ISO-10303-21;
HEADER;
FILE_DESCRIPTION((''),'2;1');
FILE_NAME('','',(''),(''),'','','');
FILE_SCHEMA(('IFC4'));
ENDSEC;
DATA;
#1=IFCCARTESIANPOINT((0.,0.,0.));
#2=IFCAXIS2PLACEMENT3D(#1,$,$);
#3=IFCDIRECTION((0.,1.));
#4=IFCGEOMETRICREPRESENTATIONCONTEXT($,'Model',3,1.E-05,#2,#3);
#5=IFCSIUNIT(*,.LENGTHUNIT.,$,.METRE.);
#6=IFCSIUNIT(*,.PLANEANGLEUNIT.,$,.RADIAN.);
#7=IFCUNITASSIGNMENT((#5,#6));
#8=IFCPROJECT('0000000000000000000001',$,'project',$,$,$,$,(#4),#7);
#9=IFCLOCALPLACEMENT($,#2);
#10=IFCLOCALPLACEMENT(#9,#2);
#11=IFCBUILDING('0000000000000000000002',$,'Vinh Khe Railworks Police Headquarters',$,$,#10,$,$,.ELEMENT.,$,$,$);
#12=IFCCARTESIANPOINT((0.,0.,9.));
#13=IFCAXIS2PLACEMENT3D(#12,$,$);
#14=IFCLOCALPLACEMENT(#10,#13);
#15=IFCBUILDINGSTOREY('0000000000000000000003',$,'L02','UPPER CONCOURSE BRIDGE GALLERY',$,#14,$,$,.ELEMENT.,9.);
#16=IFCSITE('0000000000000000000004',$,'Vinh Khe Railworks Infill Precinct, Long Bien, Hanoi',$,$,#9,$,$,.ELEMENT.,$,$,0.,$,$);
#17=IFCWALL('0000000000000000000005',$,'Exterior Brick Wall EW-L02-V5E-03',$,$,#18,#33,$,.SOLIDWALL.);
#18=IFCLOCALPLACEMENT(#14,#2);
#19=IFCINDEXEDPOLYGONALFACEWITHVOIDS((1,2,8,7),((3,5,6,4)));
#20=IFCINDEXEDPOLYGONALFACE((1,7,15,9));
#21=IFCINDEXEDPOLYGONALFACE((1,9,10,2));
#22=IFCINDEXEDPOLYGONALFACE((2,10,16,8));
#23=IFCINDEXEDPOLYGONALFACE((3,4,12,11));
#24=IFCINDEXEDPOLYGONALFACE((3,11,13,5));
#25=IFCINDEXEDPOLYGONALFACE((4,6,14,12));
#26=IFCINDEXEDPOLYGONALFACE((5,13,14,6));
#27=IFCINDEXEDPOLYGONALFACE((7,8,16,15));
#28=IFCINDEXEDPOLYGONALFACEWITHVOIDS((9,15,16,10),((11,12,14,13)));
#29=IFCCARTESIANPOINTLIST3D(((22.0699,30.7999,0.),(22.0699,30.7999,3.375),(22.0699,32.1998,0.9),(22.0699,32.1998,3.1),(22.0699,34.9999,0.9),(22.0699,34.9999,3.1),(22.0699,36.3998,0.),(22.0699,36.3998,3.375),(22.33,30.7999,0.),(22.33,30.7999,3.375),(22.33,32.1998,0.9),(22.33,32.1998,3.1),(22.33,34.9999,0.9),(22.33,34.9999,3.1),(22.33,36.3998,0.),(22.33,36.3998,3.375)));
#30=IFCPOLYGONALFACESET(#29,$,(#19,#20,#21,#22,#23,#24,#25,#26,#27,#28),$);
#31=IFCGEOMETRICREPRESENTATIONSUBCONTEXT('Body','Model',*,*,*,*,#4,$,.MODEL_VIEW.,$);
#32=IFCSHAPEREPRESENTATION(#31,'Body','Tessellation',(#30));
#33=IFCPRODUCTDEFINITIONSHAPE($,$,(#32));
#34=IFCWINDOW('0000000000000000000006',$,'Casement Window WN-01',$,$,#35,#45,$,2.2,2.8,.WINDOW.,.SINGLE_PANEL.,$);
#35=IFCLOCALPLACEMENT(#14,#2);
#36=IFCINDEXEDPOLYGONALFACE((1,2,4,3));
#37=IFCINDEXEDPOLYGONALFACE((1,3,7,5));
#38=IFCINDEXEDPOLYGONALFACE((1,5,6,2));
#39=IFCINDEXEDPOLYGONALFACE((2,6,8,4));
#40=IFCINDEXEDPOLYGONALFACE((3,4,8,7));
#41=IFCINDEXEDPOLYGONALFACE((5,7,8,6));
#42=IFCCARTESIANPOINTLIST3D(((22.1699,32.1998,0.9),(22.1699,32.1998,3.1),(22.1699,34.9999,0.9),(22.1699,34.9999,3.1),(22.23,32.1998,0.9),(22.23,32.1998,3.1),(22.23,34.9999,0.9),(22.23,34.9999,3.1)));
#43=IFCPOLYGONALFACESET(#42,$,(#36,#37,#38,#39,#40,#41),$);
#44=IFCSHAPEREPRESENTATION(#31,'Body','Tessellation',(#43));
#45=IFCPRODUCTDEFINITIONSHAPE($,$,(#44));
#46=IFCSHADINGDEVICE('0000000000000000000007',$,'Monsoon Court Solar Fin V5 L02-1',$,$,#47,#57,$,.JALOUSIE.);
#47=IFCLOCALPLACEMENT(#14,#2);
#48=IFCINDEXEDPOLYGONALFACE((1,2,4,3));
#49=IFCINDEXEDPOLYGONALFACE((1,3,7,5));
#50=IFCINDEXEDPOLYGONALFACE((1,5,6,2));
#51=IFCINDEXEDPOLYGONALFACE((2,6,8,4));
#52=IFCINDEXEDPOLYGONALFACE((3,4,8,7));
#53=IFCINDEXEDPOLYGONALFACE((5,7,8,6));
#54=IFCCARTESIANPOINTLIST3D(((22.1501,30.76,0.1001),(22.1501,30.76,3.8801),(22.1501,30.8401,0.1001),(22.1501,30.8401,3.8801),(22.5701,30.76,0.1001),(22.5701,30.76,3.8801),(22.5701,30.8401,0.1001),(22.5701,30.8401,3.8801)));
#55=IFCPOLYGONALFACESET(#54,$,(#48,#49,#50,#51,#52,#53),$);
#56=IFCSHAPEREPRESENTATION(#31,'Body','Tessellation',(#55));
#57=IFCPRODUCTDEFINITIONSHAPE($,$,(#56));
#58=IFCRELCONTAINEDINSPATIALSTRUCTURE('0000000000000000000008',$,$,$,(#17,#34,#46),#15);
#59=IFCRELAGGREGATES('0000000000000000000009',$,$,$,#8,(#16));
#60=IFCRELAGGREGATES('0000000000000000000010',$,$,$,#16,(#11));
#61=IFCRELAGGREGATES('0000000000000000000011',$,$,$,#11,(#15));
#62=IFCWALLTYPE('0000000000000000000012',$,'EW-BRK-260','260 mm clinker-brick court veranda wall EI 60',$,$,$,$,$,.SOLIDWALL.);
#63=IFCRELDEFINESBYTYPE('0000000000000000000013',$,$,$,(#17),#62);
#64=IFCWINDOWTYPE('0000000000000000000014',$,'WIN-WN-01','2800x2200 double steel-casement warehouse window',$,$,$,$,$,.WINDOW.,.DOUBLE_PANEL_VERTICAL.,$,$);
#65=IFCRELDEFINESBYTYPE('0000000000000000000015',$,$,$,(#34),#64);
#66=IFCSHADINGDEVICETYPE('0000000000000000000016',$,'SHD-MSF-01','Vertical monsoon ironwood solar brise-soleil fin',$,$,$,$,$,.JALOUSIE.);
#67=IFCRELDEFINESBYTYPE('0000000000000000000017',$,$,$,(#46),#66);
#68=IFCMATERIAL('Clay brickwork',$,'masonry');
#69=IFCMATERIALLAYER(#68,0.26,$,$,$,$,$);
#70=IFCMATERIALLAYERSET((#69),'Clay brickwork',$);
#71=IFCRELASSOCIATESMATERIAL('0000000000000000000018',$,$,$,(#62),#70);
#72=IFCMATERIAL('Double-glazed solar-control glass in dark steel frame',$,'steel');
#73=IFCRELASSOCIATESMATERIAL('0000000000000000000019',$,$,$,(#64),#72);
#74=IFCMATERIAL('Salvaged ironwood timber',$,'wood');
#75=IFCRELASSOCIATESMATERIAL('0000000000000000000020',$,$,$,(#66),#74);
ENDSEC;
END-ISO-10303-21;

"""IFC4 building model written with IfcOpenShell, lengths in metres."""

from ifc_helpers import new_model, si_unit, direction, frame, frame_2d, origin, origin_2d, place, context, subcontext, project, spatial, rectangle, extrude, material, layer, layer_set, type_object, element, fill, save


model = new_model("IFC4")

# Units and contexts
model_context = context("Model", 3, precision=1e-05, world=origin(), true_north=direction((0.0, 1.0)))
body_context = subcontext(model_context, "Body", "Model", "MODEL_VIEW")
ifc_project = project(units=[si_unit("LENGTHUNIT", "METRE"), si_unit("PLANEANGLEUNIT", "RADIAN")], contexts=[model_context])

# Site, building, storey
site_placement = place(None, origin())
site = spatial("IfcSite", under=ifc_project, at=site_placement, Name="Vinh Khe Railworks Infill Precinct, Long Bien, Hanoi", CompositionType="ELEMENT", RefElevation=0.0)
building_placement = place(site_placement, origin())
building = spatial("IfcBuilding", under=site, at=building_placement, Name="Vinh Khe Railworks Police Headquarters", CompositionType="ELEMENT")
storey_placement = place(building_placement, frame((0.0, 0.0, 9.0)))
storey = spatial("IfcBuildingStorey", under=building, at=storey_placement, Name="L02", Description="UPPER CONCOURSE BRIDGE GALLERY", CompositionType="ELEMENT", Elevation=9.0)

# Shared definitions
ifc_material_1 = material(Name="Clay brickwork", Category="masonry")
ifc_layer_1 = layer(ifc_material_1, 0.26)
ifc_layer_set_1 = layer_set([ifc_layer_1], Name="Clay brickwork")
wall_type = type_object("IfcWallType", Name="EW-BRK-260", Description="260 mm clinker-brick court veranda wall EI 60", PredefinedType="SOLIDWALL", material=ifc_layer_set_1)

# Wall, opening, window
wall_1_placement = place(storey_placement, frame((22.2, 30.8, 0.0), z_axis=(0.0, 0.0, 1.0), x_axis=(0.0, 1.0, 0.0)))
wall_1 = element("IfcWall", 1, at=wall_1_placement, inside=storey, type_object=wall_type, Name="Exterior Brick Wall EW-L02-V5E-03", PredefinedType="SOLIDWALL", context=body_context, shape_type="SweptSolid", body=[
    extrude(rectangle(XDim=5.5999, YDim=0.26, at=frame_2d((2.7998, 0.0))), origin(), (0.0, 0.0, 1.0), 3.375),
])
opening_1_placement = place(wall_1_placement, frame((1.3999, 0.0, 0.8999)))
opening_1 = element("IfcOpeningElement", 2, at=opening_1_placement, cuts=wall_1, PredefinedType="OPENING", context=body_context, shape_type="SweptSolid", body=[
    extrude(rectangle(XDim=2.8, YDim=2.2, at=frame_2d((1.3999, 1.1001))), frame((0.0, 0.145, 0.0), z_axis=(0.0, -1.0, 0.0), x_axis=(1.0, 0.0, 0.0)), (0.0, 0.0, 1.0), 0.2898),
])
ifc_material_2 = material(Name="Double-glazed solar-control glass in dark steel frame", Category="steel")
window_type = type_object("IfcWindowType", Name="WIN-WN-01", Description="2800x2200 double steel-casement warehouse window", PartitioningType="DOUBLE_PANEL_VERTICAL", PredefinedType="WINDOW", material=ifc_material_2)
window_placement = place(opening_1_placement, origin())
window = element("IfcWindow", 3, at=window_placement, inside=storey, type_object=window_type, Name="Casement Window WN-01", OverallHeight=2.2, OverallWidth=2.8, PartitioningType="SINGLE_PANEL", PredefinedType="WINDOW", context=body_context, shape_type="SweptSolid", body=[
    extrude(rectangle(XDim=2.8, YDim=2.2, at=frame_2d((1.3999, 1.1001))), frame((0.0, 0.03, 0.0), z_axis=(0.0, -1.0, 0.0), x_axis=(1.0, 0.0, 0.0)), (0.0, 0.0, 1.0), 0.0601),
])
fill(opening_1, window)

# Shading device
ifc_material_3 = material(Name="Salvaged ironwood timber", Category="wood")
shading_device_type = type_object("IfcShadingDeviceType", Name="SHD-MSF-01", Description="Vertical monsoon ironwood solar brise-soleil fin", PredefinedType="JALOUSIE", material=ifc_material_3)
shading_device_placement = place(storey_placement, frame((22.3601, 30.8, 0.1001), z_axis=(0.0, 0.0, 1.0), x_axis=(1.0, 0.0, 0.0)))
element("IfcShadingDevice", 4, at=shading_device_placement, inside=storey, type_object=shading_device_type, Name="Monsoon Court Solar Fin V5 L02-1", PredefinedType="JALOUSIE", context=body_context, shape_type="SweptSolid", body=[
    extrude(rectangle(XDim=0.4199, YDim=0.0801, at=origin_2d()), origin(), (0.0, 0.0, 1.0), 3.78),
])

save(model, "model.ifc")
